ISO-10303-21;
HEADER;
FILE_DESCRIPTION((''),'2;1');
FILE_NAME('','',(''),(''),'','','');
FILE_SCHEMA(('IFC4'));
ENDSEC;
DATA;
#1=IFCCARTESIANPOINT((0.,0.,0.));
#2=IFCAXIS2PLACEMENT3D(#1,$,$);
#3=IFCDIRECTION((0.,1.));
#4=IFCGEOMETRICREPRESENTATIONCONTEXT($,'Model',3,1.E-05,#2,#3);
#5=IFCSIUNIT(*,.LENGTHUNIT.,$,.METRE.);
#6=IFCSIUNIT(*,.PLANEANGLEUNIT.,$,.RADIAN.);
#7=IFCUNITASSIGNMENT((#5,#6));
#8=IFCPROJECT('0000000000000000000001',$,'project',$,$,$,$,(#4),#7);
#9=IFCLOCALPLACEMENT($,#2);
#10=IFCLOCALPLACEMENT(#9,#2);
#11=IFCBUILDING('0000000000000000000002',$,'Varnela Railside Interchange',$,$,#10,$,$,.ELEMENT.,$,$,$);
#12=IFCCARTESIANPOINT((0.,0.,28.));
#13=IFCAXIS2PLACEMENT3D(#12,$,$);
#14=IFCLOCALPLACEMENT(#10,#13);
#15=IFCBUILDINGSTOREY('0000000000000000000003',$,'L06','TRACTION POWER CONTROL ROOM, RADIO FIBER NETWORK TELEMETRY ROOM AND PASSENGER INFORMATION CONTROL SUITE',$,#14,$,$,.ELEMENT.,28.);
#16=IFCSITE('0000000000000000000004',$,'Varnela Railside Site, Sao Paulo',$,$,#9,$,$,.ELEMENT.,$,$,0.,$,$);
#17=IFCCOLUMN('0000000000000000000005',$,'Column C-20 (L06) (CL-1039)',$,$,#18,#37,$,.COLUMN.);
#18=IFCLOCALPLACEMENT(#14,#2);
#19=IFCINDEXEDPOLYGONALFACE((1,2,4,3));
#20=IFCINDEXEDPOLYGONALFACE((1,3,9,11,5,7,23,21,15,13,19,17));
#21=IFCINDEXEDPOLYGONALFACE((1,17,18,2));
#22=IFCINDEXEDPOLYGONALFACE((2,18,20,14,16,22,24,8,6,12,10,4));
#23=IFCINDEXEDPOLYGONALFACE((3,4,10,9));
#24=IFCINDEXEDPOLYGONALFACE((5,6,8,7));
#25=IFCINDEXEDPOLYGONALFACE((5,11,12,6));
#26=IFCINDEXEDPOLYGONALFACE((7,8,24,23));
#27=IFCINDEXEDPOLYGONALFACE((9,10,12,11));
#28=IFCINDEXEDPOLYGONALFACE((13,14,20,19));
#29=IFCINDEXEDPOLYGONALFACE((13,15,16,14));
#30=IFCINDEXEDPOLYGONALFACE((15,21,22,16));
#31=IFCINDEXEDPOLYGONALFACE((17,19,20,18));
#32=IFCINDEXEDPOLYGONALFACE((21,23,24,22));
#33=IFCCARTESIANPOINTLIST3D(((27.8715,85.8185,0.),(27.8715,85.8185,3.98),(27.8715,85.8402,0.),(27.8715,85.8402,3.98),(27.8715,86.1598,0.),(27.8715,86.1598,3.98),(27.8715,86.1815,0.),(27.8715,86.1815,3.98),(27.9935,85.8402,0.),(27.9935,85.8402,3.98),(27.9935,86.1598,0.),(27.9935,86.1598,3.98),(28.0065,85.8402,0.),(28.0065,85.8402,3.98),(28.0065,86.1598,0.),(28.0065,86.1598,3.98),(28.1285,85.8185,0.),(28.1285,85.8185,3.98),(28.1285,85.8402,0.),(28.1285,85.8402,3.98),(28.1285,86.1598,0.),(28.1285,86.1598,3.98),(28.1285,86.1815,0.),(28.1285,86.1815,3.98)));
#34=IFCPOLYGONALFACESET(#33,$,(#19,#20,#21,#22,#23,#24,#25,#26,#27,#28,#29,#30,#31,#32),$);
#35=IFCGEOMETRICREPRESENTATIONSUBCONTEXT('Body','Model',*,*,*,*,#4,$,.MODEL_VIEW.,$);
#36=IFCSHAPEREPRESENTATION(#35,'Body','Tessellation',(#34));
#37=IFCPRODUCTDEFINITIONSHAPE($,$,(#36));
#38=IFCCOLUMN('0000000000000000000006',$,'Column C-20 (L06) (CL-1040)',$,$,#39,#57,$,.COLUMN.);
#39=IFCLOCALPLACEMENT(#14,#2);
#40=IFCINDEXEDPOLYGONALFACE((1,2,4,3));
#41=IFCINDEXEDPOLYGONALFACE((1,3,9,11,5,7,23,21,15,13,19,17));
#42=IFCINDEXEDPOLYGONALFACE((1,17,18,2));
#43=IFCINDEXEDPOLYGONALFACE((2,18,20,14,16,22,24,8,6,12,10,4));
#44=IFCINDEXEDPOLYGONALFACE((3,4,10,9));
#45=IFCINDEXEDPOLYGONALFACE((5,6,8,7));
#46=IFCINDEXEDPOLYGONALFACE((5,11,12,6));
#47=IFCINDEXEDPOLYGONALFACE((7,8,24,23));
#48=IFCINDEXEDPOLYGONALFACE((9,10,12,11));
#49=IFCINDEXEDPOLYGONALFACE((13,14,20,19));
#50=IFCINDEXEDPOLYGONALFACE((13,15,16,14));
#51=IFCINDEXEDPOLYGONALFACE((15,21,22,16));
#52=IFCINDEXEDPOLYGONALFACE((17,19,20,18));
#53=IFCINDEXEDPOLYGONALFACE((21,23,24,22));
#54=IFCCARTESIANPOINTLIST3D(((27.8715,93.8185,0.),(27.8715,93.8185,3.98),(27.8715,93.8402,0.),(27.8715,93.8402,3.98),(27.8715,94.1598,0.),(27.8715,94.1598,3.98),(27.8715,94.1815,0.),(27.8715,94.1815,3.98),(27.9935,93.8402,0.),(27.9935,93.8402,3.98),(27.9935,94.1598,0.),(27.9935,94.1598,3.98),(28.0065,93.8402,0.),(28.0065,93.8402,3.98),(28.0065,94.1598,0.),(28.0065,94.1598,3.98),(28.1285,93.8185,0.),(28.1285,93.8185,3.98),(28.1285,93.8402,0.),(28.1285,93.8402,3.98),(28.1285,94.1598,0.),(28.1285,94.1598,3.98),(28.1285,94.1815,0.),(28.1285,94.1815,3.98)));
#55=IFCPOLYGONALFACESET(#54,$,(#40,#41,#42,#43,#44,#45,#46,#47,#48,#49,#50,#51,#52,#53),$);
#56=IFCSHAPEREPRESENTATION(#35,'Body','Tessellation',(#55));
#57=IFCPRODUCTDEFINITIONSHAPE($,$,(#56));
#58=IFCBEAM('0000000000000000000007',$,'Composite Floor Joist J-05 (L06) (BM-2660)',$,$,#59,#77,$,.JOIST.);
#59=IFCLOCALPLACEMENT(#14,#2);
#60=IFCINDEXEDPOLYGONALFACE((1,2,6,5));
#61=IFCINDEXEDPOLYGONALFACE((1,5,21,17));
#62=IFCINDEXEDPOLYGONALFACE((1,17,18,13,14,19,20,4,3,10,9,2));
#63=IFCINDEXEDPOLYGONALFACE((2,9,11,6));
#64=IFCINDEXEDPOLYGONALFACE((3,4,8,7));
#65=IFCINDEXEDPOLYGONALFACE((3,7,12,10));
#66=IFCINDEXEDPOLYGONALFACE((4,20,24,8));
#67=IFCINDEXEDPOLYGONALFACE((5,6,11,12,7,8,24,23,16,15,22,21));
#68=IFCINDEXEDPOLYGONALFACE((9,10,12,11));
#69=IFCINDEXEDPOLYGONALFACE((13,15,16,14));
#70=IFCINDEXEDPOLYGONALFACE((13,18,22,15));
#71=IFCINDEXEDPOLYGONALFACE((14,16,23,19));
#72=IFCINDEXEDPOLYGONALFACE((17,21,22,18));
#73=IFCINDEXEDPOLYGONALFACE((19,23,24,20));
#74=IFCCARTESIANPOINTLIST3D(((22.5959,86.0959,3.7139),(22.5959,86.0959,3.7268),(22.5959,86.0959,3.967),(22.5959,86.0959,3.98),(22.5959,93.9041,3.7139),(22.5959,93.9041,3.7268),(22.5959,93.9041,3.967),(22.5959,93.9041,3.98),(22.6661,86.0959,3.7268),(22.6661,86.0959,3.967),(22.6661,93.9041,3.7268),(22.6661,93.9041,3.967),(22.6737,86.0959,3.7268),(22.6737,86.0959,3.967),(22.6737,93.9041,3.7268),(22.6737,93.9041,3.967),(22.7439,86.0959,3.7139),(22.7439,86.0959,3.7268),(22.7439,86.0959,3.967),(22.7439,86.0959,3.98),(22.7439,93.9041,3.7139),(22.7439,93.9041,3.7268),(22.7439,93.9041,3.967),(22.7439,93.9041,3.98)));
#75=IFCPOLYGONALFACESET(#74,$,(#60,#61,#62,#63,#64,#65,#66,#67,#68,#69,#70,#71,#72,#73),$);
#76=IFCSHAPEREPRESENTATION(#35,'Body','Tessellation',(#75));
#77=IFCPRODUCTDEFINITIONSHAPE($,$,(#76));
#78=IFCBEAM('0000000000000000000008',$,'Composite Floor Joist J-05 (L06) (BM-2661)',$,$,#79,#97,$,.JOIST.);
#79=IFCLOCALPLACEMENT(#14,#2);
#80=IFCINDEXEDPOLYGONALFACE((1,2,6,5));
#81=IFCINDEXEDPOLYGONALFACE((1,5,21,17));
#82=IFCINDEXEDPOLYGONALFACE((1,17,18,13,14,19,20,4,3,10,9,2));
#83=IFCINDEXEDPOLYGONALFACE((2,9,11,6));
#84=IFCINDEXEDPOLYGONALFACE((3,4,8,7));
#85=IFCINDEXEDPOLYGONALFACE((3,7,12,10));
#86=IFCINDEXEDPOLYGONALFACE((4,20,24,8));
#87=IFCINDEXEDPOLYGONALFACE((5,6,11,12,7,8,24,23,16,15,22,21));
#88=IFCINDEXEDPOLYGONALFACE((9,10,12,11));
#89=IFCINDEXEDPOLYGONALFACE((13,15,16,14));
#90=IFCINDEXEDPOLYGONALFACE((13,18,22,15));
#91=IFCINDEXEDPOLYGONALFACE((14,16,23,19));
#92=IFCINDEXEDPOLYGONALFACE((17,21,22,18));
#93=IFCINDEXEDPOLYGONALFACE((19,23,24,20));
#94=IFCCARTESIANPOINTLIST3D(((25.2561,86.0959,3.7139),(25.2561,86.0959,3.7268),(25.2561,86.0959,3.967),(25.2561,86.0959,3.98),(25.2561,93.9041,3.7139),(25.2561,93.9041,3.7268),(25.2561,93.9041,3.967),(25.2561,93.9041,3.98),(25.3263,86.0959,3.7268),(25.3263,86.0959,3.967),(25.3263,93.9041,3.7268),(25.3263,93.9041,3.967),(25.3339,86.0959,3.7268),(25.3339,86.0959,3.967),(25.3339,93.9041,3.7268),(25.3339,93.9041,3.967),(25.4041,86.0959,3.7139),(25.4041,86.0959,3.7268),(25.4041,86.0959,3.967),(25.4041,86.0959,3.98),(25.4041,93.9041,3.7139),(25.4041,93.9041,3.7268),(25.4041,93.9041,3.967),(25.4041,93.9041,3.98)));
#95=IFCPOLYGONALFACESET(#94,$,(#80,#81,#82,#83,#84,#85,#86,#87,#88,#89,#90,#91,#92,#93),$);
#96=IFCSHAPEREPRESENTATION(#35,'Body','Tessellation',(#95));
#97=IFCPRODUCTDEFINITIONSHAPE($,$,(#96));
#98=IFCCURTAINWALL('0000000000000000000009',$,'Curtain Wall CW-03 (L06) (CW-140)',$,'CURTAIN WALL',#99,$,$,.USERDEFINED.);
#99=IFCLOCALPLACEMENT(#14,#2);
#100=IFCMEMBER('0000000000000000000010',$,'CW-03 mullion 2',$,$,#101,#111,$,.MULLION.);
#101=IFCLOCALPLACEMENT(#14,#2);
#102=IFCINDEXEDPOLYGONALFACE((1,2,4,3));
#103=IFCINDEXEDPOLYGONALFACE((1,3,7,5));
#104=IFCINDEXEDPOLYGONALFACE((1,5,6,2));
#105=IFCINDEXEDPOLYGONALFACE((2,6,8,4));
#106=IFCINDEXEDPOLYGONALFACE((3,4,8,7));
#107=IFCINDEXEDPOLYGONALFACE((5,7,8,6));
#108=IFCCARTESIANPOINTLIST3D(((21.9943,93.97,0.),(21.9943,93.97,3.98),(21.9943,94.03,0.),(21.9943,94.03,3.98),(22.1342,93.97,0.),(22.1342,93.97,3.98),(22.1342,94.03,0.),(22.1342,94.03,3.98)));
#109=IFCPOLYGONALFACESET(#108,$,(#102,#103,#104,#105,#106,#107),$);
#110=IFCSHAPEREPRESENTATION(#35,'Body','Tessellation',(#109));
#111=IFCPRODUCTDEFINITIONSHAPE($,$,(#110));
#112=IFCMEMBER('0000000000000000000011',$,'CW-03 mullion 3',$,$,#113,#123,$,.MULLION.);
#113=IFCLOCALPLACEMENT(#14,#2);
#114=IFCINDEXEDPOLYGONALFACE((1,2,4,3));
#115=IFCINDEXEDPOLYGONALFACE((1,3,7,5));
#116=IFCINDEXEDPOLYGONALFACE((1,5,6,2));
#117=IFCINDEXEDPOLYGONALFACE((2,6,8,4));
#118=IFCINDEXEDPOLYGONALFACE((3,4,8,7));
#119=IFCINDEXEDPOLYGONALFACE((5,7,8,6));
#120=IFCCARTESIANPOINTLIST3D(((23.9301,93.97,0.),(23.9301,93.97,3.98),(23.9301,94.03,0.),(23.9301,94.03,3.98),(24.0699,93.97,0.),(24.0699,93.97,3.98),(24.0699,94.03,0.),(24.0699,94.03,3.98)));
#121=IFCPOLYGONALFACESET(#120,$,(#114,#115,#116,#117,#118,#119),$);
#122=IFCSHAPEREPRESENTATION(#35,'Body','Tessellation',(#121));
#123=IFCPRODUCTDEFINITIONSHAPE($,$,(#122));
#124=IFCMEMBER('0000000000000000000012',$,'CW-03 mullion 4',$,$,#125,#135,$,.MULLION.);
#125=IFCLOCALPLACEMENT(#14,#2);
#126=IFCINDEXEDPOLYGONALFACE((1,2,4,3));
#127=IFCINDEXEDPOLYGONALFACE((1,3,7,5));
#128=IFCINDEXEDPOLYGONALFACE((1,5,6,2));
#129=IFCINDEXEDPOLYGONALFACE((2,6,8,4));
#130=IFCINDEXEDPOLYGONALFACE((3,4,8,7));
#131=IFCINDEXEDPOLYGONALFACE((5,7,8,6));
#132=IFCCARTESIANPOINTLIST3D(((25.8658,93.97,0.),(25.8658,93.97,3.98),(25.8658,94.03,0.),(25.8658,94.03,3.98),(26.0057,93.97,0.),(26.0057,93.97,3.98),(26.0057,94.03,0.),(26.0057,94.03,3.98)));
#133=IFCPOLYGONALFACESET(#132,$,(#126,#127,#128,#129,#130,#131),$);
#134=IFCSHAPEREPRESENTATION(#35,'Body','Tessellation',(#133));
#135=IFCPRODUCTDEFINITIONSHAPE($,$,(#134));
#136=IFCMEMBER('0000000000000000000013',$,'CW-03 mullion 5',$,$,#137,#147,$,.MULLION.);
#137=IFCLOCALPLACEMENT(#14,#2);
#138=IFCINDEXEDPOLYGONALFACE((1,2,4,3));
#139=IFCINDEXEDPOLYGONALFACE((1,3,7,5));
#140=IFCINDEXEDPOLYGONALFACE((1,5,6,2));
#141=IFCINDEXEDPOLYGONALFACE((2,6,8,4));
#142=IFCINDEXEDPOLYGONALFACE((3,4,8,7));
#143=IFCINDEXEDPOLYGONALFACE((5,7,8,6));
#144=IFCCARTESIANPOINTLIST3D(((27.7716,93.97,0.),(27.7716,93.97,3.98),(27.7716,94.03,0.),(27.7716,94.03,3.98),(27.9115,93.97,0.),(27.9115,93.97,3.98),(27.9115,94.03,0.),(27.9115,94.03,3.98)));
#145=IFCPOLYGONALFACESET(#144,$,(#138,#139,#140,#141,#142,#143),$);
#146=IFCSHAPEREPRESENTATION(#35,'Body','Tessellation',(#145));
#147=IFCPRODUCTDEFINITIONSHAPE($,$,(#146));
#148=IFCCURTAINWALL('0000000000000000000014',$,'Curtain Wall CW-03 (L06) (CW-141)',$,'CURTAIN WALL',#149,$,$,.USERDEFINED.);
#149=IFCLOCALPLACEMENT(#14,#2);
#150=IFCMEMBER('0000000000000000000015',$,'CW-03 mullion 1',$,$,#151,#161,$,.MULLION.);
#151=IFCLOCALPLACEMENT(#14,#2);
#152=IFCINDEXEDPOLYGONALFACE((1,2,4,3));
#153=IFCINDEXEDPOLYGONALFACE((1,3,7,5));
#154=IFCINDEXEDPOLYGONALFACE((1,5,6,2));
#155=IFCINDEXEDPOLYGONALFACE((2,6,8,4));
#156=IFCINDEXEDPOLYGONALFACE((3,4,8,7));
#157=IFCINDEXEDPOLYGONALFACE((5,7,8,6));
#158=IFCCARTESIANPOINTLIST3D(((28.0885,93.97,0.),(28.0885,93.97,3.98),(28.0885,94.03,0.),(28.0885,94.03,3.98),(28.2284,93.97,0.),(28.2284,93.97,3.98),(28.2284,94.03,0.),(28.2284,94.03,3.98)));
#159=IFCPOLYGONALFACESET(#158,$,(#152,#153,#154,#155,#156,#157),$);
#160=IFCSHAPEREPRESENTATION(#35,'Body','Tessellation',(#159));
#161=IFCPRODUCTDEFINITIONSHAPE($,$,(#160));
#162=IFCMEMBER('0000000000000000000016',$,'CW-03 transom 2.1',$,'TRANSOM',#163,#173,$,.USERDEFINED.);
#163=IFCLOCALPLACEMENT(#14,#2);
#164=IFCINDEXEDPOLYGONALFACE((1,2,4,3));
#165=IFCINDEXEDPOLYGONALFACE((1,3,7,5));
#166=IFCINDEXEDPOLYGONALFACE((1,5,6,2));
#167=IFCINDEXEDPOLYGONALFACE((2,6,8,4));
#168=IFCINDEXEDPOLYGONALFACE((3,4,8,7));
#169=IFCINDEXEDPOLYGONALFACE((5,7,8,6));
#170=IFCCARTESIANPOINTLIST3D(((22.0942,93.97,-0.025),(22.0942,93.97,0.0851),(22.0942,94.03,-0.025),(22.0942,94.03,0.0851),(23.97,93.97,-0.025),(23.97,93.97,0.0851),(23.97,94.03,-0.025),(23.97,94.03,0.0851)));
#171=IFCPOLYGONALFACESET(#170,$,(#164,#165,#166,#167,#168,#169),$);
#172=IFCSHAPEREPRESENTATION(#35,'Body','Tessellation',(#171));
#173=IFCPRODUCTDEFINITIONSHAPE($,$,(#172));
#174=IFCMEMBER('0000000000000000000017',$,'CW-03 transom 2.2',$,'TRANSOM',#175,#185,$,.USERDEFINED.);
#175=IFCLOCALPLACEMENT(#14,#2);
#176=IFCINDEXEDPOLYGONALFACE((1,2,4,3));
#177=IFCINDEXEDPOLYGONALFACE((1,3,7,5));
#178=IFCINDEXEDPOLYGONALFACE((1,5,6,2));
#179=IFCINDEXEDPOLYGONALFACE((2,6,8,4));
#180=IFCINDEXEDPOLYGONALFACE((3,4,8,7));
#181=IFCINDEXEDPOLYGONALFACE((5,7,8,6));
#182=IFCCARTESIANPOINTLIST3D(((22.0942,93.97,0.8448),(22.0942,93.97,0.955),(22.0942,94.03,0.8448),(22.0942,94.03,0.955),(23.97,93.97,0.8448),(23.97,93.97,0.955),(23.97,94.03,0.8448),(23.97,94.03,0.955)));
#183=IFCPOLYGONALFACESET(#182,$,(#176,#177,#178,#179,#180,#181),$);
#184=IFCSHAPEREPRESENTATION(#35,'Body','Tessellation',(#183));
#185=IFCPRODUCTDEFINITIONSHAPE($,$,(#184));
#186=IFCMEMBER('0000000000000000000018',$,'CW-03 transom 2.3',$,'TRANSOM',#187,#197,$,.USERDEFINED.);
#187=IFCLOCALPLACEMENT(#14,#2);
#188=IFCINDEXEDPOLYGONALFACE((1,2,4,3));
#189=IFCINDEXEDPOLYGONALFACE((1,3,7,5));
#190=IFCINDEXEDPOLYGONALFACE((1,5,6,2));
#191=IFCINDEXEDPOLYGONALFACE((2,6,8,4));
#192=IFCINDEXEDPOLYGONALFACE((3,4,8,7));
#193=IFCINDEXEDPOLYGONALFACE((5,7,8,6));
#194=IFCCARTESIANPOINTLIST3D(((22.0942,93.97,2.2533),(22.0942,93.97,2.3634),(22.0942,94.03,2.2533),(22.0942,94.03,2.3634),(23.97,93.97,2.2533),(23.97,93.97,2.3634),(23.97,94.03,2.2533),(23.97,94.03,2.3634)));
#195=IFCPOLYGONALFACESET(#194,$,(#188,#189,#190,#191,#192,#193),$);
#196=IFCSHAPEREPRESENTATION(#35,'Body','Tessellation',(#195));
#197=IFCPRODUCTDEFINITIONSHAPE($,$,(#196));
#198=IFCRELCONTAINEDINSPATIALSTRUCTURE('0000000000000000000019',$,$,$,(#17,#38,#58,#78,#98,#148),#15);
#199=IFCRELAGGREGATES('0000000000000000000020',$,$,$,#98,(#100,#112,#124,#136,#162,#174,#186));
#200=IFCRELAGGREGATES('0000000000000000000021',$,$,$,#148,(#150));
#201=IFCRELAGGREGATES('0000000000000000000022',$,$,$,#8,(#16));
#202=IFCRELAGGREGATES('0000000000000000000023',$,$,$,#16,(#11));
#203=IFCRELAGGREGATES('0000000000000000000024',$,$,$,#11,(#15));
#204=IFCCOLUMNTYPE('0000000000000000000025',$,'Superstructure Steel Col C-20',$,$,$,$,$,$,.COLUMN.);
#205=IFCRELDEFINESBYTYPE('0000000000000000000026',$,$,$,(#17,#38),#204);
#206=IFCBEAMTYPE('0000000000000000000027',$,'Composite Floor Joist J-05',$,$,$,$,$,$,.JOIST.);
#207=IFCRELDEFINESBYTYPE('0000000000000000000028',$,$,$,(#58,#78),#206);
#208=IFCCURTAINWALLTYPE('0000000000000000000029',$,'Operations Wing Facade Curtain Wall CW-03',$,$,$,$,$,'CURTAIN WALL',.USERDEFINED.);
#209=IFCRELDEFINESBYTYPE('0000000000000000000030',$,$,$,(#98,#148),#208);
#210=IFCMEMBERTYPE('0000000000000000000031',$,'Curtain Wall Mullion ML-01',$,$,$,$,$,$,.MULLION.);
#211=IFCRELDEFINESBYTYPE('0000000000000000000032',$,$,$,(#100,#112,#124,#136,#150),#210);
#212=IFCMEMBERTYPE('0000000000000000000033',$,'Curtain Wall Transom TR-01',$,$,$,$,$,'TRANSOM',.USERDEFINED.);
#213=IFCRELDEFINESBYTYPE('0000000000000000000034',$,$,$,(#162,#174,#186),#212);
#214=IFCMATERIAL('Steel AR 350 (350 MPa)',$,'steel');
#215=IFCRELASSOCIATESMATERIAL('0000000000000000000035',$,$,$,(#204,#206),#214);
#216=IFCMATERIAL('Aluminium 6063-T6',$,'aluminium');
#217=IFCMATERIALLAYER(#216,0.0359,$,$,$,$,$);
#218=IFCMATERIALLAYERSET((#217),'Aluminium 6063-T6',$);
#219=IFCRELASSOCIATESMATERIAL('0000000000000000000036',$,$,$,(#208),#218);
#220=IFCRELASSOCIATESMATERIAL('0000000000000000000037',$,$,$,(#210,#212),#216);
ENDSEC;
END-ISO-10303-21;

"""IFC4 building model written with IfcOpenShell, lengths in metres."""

from ifc_helpers import new_model, si_unit, direction, frame, origin, origin_2d, place, context, subcontext, project, spatial, rectangle, i_section, extrude, material, layer, layer_set, material_profile, profile_set, type_object, element, aggregate, save


model = new_model("IFC4")

# Units and contexts
model_context = context("Model", 3, precision=1e-05, world=origin(), true_north=direction((0.0, 1.0)))
body_context = subcontext(model_context, "Body", "Model", "MODEL_VIEW")
ifc_project = project(units=[si_unit("LENGTHUNIT", "METRE"), si_unit("PLANEANGLEUNIT", "RADIAN")], contexts=[model_context])

# Site, building, storey
site_placement = place(None, origin())
site = spatial("IfcSite", under=ifc_project, at=site_placement, Name="Varnela Railside Site, Sao Paulo", CompositionType="ELEMENT", RefElevation=0.0)
building_placement = place(site_placement, origin())
building = spatial("IfcBuilding", under=site, at=building_placement, Name="Varnela Railside Interchange", CompositionType="ELEMENT")
storey_placement = place(building_placement, frame((0.0, 0.0, 28.0)))
storey = spatial("IfcBuildingStorey", under=building, at=storey_placement, Name="L06", Description="TRACTION POWER CONTROL ROOM, RADIO FIBER NETWORK TELEMETRY ROOM AND PASSENGER INFORMATION CONTROL SUITE", CompositionType="ELEMENT", Elevation=28.0)

# Columns
ifc_material_1 = material(Name="Steel AR 350 (350 MPa)", Category="steel")
ifc_material_profile_1 = material_profile(ifc_material_1, i_section(OverallWidth=0.2571, OverallDepth=0.363, WebThickness=0.0129, FlangeThickness=0.0217, at=origin_2d()), Name="W360x122")
ifc_profile_set_1 = profile_set([ifc_material_profile_1], Name="Steel AR 350 (350 MPa)")
column_type = type_object("IfcColumnType", Name="Superstructure Steel Col C-20", PredefinedType="COLUMN", material=ifc_profile_set_1)
for number, where, z_axis, x_axis, name in (
    (1, (28.0, 86.0, 0.0), (0.0, 0.0, 1.0), (1.0, 0.0, 0.0), "Column C-20 (L06) (CL-1039)"),
    (2, (28.0, 94.0, 0.0), (0.0, 0.0, 1.0), (1.0, 0.0, 0.0), "Column C-20 (L06) (CL-1040)"),
):
    element("IfcColumn", number, at=place(storey_placement, frame(where, z_axis=z_axis, x_axis=x_axis)), inside=storey, type_object=column_type, Name=name, PredefinedType="COLUMN", context=body_context, shape_type="SweptSolid", body=[
        extrude(i_section(OverallWidth=0.2571, OverallDepth=0.363, WebThickness=0.0129, FlangeThickness=0.0217, at=origin_2d()), origin(), (0.0, 0.0, 1.0), 3.98),
    ])

# Beams
ifc_material_profile_2 = material_profile(ifc_material_1, i_section(OverallWidth=0.1479, OverallDepth=0.2661, WebThickness=0.0076, FlangeThickness=0.0129, at=origin_2d()), Name="W250x44.8")
ifc_profile_set_2 = profile_set([ifc_material_profile_2], Name="Steel AR 350 (350 MPa)")
beam_type_1 = type_object("IfcBeamType", Name="Composite Floor Joist J-05", PredefinedType="JOIST", material=ifc_profile_set_2)
for number, where, z_axis, x_axis, name in (
    (3, (22.6699, 86.0959, 3.8469), (0.0, 1.0, 0.0), (-1.0, 0.0, 0.0), "Composite Floor Joist J-05 (L06) (BM-2660)"),
    (4, (25.3301, 86.0959, 3.8469), (0.0, 1.0, 0.0), (-1.0, 0.0, 0.0), "Composite Floor Joist J-05 (L06) (BM-2661)"),
):
    element("IfcBeam", number, at=place(storey_placement, frame(where, z_axis=z_axis, x_axis=x_axis)), inside=storey, type_object=beam_type_1, Name=name, PredefinedType="JOIST", context=body_context, shape_type="SweptSolid", body=[
        extrude(i_section(OverallWidth=0.1479, OverallDepth=0.2661, WebThickness=0.0076, FlangeThickness=0.0129, at=origin_2d()), origin(), (0.0, 0.0, 1.0), 7.8081),
    ])

# Curtain wall, members
ifc_material_2 = material(Name="Aluminium 6063-T6", Category="aluminium")
ifc_layer_1 = layer(ifc_material_2, 0.0359)
ifc_layer_set_1 = layer_set([ifc_layer_1], Name="Aluminium 6063-T6")
curtain_wall_type = type_object("IfcCurtainWallType", Name="Operations Wing Facade Curtain Wall CW-03", ElementType="CURTAIN WALL", PredefinedType="USERDEFINED", material=ifc_layer_set_1)
curtain_wall_1_placement = place(storey_placement, origin())
curtain_wall_1 = element("IfcCurtainWall", 5, at=curtain_wall_1_placement, inside=storey, type_object=curtain_wall_type, Name="Curtain Wall CW-03 (L06) (CW-140)", ObjectType="CURTAIN WALL", PredefinedType="USERDEFINED")
ifc_material_profile_3 = material_profile(ifc_material_2, rectangle(XDim=0.0601, YDim=0.1399, at=origin_2d()), Name="ALU 60x140")
ifc_profile_set_3 = profile_set([ifc_material_profile_3], Name="Aluminium 6063-T6")
member_type_1 = type_object("IfcMemberType", Name="Curtain Wall Mullion ML-01", PredefinedType="MULLION", material=ifc_profile_set_3)
member_1_placement = place(storey_placement, frame((22.0642, 94.0, 0.0), z_axis=(0.0, 0.0, 1.0), x_axis=(0.0, 1.0, 0.0)))
member_1 = element("IfcMember", 6, at=member_1_placement, type_object=member_type_1, Name="CW-03 mullion 2", PredefinedType="MULLION", context=body_context, shape_type="SweptSolid", body=[
    extrude(rectangle(XDim=0.0601, YDim=0.1399, at=origin_2d()), origin(), (0.0, 0.0, 1.0), 3.98),
])
member_2_placement = place(storey_placement, frame((24.0, 94.0, 0.0), z_axis=(0.0, 0.0, 1.0), x_axis=(0.0, 1.0, 0.0)))
member_2 = element("IfcMember", 7, at=member_2_placement, type_object=member_type_1, Name="CW-03 mullion 3", PredefinedType="MULLION", context=body_context, shape_type="SweptSolid", body=[
    extrude(rectangle(XDim=0.0601, YDim=0.1399, at=origin_2d()), origin(), (0.0, 0.0, 1.0), 3.98),
])
member_3_placement = place(storey_placement, frame((25.9358, 94.0, 0.0), z_axis=(0.0, 0.0, 1.0), x_axis=(0.0, 1.0, 0.0)))
member_3 = element("IfcMember", 8, at=member_3_placement, type_object=member_type_1, Name="CW-03 mullion 4", PredefinedType="MULLION", context=body_context, shape_type="SweptSolid", body=[
    extrude(rectangle(XDim=0.0601, YDim=0.1399, at=origin_2d()), origin(), (0.0, 0.0, 1.0), 3.98),
])
member_4_placement = place(storey_placement, frame((27.8416, 94.0, 0.0), z_axis=(0.0, 0.0, 1.0), x_axis=(0.0, 1.0, 0.0)))
member_4 = element("IfcMember", 9, at=member_4_placement, type_object=member_type_1, Name="CW-03 mullion 5", PredefinedType="MULLION", context=body_context, shape_type="SweptSolid", body=[
    extrude(rectangle(XDim=0.0601, YDim=0.1399, at=origin_2d()), origin(), (0.0, 0.0, 1.0), 3.98),
])

# Curtain wall, member
curtain_wall_2_placement = place(storey_placement, origin())
curtain_wall_2 = element("IfcCurtainWall", 10, at=curtain_wall_2_placement, inside=storey, type_object=curtain_wall_type, Name="Curtain Wall CW-03 (L06) (CW-141)", ObjectType="CURTAIN WALL", PredefinedType="USERDEFINED")
member_5_placement = place(storey_placement, frame((28.1584, 94.0, 0.0), z_axis=(0.0, 0.0, 1.0), x_axis=(0.0, 1.0, 0.0)))
member_5 = element("IfcMember", 11, at=member_5_placement, type_object=member_type_1, Name="CW-03 mullion 1", PredefinedType="MULLION", context=body_context, shape_type="SweptSolid", body=[
    extrude(rectangle(XDim=0.0601, YDim=0.1399, at=origin_2d()), origin(), (0.0, 0.0, 1.0), 3.98),
])

# Members
ifc_material_profile_4 = material_profile(ifc_material_2, rectangle(XDim=0.0601, YDim=0.1101, at=origin_2d()), Name="ALU 60x110")
ifc_profile_set_4 = profile_set([ifc_material_profile_4], Name="Aluminium 6063-T6")
member_type_2 = type_object("IfcMemberType", Name="Curtain Wall Transom TR-01", ElementType="TRANSOM", PredefinedType="USERDEFINED", material=ifc_profile_set_4)
member_6_placement = place(storey_placement, frame((22.0942, 94.0, 0.03), z_axis=(1.0, 0.0, 0.0), x_axis=(0.0, 1.0, 0.0)))
member_6 = element("IfcMember", 12, at=member_6_placement, type_object=member_type_2, Name="CW-03 transom 2.1", ObjectType="TRANSOM", PredefinedType="USERDEFINED", context=body_context, shape_type="SweptSolid", body=[
    extrude(rectangle(XDim=0.0601, YDim=0.1101, at=origin_2d()), origin(), (0.0, 0.0, 1.0), 1.8757),
])
member_7_placement = place(storey_placement, frame((22.0942, 94.0, 0.8999), z_axis=(1.0, 0.0, 0.0), x_axis=(0.0, 1.0, 0.0)))
member_7 = element("IfcMember", 13, at=member_7_placement, type_object=member_type_2, Name="CW-03 transom 2.2", ObjectType="TRANSOM", PredefinedType="USERDEFINED", context=body_context, shape_type="SweptSolid", body=[
    extrude(rectangle(XDim=0.0601, YDim=0.1101, at=origin_2d()), origin(), (0.0, 0.0, 1.0), 1.8757),
])
member_8_placement = place(storey_placement, frame((22.0942, 94.0, 2.3083), z_axis=(1.0, 0.0, 0.0), x_axis=(0.0, 1.0, 0.0)))
member_8 = element("IfcMember", 14, at=member_8_placement, type_object=member_type_2, Name="CW-03 transom 2.3", ObjectType="TRANSOM", PredefinedType="USERDEFINED", context=body_context, shape_type="SweptSolid", body=[
    extrude(rectangle(XDim=0.0601, YDim=0.1101, at=origin_2d()), origin(), (0.0, 0.0, 1.0), 1.8757),
])

aggregate(curtain_wall_1, [member_1, member_2, member_3, member_4, member_6, member_7, member_8])
aggregate(curtain_wall_2, [member_5])

save(model, "model.ifc")
